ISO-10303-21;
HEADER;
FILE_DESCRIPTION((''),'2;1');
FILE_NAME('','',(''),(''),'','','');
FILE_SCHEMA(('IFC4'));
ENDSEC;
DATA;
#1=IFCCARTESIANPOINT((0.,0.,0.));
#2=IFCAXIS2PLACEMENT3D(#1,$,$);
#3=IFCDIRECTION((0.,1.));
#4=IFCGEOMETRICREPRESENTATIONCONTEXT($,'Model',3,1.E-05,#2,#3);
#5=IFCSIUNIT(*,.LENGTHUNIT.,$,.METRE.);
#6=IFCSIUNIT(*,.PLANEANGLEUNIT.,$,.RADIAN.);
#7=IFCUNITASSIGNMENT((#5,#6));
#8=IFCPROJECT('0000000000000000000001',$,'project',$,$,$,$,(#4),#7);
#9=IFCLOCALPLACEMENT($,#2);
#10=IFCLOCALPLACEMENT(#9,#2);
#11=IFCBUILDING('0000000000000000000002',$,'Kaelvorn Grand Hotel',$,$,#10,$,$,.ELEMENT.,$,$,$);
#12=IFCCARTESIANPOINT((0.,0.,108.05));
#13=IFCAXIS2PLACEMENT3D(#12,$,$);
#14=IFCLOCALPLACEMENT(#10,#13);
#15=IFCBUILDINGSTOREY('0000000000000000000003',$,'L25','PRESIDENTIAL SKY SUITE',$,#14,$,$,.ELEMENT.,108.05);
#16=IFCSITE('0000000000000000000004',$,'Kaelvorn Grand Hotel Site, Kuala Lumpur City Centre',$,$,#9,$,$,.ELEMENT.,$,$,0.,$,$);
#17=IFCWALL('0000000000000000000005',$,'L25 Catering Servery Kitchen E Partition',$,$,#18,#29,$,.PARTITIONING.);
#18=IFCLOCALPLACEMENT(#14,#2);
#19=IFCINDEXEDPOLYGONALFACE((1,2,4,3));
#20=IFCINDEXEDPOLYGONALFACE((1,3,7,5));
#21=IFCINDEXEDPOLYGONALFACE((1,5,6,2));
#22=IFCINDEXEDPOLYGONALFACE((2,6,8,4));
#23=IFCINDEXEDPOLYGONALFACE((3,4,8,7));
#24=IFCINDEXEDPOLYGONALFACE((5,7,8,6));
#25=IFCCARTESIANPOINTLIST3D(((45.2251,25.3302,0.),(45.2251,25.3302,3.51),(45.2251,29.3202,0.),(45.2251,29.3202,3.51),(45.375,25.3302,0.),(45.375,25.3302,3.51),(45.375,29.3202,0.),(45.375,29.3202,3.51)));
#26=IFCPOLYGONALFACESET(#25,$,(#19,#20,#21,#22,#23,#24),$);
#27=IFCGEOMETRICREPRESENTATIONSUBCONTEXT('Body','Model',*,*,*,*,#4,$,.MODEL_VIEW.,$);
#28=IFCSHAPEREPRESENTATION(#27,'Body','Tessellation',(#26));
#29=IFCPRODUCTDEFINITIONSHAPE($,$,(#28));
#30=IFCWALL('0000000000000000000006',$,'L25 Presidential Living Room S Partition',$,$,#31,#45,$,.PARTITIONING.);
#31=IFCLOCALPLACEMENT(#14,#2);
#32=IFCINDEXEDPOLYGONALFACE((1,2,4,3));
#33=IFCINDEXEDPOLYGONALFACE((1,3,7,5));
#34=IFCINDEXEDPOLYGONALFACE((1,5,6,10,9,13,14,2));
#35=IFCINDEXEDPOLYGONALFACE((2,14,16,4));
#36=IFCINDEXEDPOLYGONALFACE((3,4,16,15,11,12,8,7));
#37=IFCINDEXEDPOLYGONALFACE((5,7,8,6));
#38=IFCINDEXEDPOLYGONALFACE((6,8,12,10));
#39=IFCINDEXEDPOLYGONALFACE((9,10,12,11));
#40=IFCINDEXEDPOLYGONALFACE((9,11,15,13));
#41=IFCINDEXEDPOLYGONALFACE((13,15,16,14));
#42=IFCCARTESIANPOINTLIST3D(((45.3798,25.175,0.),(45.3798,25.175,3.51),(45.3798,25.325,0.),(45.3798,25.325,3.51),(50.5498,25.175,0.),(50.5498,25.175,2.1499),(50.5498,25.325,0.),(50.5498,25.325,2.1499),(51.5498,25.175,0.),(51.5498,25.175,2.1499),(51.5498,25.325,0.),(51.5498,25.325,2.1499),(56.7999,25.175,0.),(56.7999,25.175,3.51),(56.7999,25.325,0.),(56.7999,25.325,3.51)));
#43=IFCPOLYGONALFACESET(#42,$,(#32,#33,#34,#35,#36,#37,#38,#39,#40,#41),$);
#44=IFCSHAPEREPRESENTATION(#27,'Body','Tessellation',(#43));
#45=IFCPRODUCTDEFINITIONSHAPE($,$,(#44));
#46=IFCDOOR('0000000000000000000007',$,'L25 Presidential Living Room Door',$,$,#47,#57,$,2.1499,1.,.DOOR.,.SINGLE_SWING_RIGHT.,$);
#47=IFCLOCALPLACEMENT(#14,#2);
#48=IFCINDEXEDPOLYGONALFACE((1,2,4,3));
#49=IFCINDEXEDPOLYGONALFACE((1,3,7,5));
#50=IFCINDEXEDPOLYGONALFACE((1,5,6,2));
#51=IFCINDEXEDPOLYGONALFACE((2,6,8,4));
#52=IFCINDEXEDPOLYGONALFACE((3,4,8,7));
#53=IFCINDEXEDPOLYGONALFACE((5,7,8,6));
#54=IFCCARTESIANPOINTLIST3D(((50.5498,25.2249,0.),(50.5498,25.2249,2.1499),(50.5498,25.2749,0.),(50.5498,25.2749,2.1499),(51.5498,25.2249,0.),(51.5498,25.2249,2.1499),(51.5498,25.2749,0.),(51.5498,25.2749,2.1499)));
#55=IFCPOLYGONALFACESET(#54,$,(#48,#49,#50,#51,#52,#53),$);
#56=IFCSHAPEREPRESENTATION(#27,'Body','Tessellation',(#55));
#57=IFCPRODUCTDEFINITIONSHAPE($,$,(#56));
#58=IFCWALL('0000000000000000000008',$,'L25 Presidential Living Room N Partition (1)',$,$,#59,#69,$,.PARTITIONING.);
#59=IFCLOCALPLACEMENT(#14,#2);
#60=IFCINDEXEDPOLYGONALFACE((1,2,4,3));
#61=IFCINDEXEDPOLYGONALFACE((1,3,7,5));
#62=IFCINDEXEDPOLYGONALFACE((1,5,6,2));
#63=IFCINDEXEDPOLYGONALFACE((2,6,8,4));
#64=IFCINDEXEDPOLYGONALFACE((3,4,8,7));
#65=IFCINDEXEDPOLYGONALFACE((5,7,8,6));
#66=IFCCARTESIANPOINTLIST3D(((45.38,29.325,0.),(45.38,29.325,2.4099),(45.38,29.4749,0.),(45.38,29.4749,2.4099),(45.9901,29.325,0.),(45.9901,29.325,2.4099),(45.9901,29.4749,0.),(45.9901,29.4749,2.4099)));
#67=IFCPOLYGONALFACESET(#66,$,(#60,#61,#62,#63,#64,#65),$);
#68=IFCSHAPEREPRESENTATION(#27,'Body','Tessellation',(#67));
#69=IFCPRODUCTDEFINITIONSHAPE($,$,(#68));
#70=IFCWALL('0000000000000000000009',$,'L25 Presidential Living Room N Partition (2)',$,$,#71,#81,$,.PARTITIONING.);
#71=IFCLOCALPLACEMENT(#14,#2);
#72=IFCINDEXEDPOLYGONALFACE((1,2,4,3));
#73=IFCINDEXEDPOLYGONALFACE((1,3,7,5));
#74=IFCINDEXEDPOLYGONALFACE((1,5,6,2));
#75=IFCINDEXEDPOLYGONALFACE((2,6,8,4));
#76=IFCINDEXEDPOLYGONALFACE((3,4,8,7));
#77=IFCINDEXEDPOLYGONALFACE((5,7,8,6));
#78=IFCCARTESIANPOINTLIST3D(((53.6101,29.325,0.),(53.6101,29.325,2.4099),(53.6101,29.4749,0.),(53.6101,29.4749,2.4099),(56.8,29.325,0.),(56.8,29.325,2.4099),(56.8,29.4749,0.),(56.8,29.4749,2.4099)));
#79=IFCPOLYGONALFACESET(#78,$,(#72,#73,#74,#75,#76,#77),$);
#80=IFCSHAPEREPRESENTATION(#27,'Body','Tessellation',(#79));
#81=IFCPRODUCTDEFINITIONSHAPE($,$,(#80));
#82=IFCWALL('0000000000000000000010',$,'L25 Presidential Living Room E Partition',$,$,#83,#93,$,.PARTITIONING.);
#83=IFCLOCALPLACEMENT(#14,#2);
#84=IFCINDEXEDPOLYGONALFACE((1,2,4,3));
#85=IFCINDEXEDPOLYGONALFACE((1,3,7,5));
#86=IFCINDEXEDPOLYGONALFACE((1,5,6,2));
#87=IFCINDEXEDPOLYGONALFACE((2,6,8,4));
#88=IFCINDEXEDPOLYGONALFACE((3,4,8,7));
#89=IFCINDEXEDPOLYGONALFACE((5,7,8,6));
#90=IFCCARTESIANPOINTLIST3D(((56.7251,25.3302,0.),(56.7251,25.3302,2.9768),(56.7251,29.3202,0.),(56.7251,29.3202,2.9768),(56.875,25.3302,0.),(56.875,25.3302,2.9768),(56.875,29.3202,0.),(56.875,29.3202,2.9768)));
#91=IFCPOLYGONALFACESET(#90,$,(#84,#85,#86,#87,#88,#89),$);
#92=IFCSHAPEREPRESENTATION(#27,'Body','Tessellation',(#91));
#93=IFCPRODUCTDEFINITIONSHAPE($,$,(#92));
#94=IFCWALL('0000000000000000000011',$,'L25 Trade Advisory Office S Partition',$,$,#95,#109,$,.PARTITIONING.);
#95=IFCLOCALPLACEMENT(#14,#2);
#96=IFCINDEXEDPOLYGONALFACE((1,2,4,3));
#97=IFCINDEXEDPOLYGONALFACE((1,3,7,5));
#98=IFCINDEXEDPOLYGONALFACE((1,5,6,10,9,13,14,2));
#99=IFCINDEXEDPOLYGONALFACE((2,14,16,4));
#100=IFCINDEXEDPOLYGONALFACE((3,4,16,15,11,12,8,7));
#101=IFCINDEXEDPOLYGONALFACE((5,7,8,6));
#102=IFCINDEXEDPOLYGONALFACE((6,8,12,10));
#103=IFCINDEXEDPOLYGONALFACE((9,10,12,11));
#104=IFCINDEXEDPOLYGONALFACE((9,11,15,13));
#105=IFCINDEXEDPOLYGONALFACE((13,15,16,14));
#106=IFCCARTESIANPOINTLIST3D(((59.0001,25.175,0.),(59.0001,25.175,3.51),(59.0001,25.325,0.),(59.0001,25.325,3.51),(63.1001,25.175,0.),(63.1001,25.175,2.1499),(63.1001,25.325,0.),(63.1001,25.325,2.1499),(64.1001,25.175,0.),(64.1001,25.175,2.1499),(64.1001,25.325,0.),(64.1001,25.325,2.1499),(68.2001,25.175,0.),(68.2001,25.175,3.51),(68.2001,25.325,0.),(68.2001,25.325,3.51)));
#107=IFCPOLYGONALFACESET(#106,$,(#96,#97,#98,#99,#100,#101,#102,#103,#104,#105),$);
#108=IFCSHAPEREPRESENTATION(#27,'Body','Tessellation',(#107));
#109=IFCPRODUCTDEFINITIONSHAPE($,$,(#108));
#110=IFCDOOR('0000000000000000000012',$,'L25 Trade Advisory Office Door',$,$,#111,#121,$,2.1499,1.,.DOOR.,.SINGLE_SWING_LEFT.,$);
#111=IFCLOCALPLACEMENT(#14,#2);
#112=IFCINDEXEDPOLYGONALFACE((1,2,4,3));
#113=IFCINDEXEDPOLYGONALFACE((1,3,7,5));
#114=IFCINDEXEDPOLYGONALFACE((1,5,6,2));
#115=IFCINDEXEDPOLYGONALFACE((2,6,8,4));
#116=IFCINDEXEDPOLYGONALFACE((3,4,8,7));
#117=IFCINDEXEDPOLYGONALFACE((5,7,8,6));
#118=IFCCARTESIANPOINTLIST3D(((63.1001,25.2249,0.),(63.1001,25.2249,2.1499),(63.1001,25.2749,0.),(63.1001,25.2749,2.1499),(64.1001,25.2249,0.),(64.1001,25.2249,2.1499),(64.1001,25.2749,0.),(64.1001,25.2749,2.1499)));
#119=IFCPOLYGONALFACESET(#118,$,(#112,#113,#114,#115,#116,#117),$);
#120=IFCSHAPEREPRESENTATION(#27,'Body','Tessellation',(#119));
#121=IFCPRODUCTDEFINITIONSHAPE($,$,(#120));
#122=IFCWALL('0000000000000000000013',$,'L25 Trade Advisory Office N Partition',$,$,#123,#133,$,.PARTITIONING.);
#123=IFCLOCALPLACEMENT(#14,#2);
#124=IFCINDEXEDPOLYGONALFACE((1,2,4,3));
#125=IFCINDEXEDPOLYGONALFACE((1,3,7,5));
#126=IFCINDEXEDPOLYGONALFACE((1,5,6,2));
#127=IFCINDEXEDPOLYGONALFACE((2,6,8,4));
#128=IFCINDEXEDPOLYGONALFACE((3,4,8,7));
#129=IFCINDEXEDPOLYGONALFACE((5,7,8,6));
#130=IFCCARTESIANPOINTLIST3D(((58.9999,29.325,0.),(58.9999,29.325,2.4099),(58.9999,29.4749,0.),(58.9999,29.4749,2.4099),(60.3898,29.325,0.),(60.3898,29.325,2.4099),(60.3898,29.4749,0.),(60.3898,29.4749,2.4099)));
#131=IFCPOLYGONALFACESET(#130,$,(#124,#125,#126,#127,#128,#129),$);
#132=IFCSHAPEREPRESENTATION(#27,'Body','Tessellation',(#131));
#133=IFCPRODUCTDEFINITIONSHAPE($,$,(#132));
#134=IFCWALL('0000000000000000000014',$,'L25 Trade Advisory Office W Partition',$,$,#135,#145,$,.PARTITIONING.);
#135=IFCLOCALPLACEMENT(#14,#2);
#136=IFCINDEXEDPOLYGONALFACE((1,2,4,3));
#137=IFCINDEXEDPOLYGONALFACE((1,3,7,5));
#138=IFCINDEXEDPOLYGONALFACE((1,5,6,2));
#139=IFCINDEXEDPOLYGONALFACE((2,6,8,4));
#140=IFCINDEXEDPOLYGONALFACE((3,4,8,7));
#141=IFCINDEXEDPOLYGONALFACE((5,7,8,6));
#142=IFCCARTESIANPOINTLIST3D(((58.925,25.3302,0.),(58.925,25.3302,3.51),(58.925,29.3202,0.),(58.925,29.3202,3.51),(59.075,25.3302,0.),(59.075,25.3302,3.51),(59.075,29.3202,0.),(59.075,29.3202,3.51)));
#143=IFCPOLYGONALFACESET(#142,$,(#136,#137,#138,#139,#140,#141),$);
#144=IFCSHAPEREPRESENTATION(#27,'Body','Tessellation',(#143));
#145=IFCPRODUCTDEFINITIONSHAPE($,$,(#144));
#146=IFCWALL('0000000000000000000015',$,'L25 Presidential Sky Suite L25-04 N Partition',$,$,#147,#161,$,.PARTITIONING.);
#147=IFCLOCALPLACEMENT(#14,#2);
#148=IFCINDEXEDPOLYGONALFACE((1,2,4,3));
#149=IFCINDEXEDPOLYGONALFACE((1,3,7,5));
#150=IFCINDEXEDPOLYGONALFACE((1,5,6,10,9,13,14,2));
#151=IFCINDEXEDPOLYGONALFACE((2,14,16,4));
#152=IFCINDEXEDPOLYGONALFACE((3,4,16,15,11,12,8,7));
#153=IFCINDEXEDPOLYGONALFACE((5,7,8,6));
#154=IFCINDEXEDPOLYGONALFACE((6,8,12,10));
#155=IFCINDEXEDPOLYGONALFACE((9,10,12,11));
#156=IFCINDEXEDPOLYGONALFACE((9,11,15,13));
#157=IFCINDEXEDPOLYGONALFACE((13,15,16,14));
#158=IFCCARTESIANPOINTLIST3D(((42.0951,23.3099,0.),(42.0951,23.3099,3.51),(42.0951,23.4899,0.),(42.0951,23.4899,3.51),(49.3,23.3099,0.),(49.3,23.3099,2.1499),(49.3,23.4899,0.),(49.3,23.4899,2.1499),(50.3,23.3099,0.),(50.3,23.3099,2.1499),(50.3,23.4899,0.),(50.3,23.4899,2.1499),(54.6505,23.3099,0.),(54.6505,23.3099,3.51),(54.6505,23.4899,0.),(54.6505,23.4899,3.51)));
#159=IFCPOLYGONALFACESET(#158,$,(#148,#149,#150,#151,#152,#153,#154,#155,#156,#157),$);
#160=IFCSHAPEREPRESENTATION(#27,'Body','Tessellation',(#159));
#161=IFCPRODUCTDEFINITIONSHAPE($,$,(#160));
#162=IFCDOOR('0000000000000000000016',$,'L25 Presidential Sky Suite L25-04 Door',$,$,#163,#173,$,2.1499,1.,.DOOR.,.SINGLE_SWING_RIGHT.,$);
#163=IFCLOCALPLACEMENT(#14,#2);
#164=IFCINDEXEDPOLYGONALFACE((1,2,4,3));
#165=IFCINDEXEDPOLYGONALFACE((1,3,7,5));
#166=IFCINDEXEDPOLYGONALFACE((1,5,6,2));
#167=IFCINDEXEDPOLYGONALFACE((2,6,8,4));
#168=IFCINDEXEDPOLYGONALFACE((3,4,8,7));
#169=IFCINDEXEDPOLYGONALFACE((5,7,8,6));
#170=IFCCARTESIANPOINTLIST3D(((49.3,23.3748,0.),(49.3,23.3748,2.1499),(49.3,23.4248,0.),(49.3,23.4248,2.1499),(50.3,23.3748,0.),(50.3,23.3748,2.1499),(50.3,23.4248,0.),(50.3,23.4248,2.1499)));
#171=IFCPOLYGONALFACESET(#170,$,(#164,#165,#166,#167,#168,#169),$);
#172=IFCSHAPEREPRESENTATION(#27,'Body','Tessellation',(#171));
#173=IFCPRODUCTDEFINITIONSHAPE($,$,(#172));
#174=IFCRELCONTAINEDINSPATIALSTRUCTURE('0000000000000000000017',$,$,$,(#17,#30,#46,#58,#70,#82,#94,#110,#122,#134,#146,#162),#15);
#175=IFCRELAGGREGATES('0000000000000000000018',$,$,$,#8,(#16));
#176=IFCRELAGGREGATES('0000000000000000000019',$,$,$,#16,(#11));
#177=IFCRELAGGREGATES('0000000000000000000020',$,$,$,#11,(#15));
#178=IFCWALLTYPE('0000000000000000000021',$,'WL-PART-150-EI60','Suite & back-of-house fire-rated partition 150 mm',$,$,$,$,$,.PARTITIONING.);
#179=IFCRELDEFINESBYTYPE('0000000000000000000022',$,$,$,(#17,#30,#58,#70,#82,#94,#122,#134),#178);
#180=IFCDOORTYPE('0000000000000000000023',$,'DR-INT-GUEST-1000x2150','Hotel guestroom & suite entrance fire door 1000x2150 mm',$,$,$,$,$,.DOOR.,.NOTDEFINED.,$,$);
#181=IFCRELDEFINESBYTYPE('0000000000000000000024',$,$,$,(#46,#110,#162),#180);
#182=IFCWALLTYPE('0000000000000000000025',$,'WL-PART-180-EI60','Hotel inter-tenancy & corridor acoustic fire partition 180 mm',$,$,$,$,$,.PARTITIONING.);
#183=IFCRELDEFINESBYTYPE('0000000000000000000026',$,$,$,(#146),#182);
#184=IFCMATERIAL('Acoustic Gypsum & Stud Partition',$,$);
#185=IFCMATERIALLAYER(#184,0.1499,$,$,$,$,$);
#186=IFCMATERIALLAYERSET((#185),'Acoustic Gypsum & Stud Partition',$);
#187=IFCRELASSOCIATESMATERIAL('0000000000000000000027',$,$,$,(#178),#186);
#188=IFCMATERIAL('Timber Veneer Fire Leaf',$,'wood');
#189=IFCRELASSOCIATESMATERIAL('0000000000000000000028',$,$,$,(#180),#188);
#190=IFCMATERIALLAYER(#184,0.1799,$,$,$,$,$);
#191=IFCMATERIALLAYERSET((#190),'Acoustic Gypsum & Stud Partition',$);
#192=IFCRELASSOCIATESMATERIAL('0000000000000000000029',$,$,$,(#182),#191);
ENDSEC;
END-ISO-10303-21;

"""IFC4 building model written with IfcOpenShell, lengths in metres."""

from ifc_helpers import new_model, si_unit, direction, frame, frame_2d, origin, place, context, subcontext, project, spatial, rectangle, extrude, material, layer, layer_set, type_object, element, fill, save


model = new_model("IFC4")

# Units and contexts
model_context = context("Model", 3, precision=1e-05, world=origin(), true_north=direction((0.0, 1.0)))
body_context = subcontext(model_context, "Body", "Model", "MODEL_VIEW")
ifc_project = project(units=[si_unit("LENGTHUNIT", "METRE"), si_unit("PLANEANGLEUNIT", "RADIAN")], contexts=[model_context])

# Site, building, storey
site_placement = place(None, origin())
site = spatial("IfcSite", under=ifc_project, at=site_placement, Name="Kaelvorn Grand Hotel Site, Kuala Lumpur City Centre", CompositionType="ELEMENT", RefElevation=0.0)
building_placement = place(site_placement, origin())
building = spatial("IfcBuilding", under=site, at=building_placement, Name="Kaelvorn Grand Hotel", CompositionType="ELEMENT")
storey_placement = place(building_placement, frame((0.0, 0.0, 108.05)))
storey = spatial("IfcBuildingStorey", under=building, at=storey_placement, Name="L25", Description="PRESIDENTIAL SKY SUITE", CompositionType="ELEMENT", Elevation=108.05)

# Wall
ifc_material_1 = material(Name="Acoustic Gypsum & Stud Partition")
ifc_layer_1 = layer(ifc_material_1, 0.1499)
ifc_layer_set_1 = layer_set([ifc_layer_1], Name="Acoustic Gypsum & Stud Partition")
wall_type_1 = type_object("IfcWallType", Name="WL-PART-150-EI60", Description="Suite & back-of-house fire-rated partition 150 mm", PredefinedType="PARTITIONING", material=ifc_layer_set_1)
wall_1_placement = place(storey_placement, frame((45.3, 25.3301, 0.0), z_axis=(0.0, 0.0, 1.0), x_axis=(0.0, 1.0, 0.0)))
element("IfcWall", 1, at=wall_1_placement, inside=storey, type_object=wall_type_1, Name="L25 Catering Servery Kitchen E Partition", PredefinedType="PARTITIONING", context=body_context, shape_type="SweptSolid", body=[
    extrude(rectangle(XDim=3.99, YDim=0.1499, at=frame_2d((1.9951, 0.0))), origin(), (0.0, 0.0, 1.0), 3.51),
])

# Wall, opening, door
wall_2_placement = place(storey_placement, frame((45.3799, 25.25, 0.0), z_axis=(0.0, 0.0, 1.0), x_axis=(1.0, 0.0, 0.0)))
wall_2 = element("IfcWall", 2, at=wall_2_placement, inside=storey, type_object=wall_type_1, Name="L25 Presidential Living Room S Partition", PredefinedType="PARTITIONING", context=body_context, shape_type="SweptSolid", body=[
    extrude(rectangle(XDim=11.4202, YDim=0.1499, at=frame_2d((5.71, 0.0))), origin(), (0.0, 0.0, 1.0), 3.51),
])
opening_1_placement = place(wall_2_placement, frame((5.1699, 0.0, 0.0)))
opening_1 = element("IfcOpeningElement", 3, at=opening_1_placement, cuts=wall_2, PredefinedType="OPENING", context=body_context, shape_type="SweptSolid", body=[
    extrude(rectangle(XDim=1.0, YDim=2.1499, at=frame_2d((0.5, 1.075))), frame((0.0, 0.085, 0.0), z_axis=(0.0, -1.0, 0.0), x_axis=(1.0, 0.0, 0.0)), (0.0, 0.0, 1.0), 0.1699),
])
ifc_material_2 = material(Name="Timber Veneer Fire Leaf", Category="wood")
door_type_1 = type_object("IfcDoorType", Name="DR-INT-GUEST-1000x2150", Description="Hotel guestroom & suite entrance fire door 1000x2150 mm", OperationType="NOTDEFINED", PredefinedType="DOOR", material=ifc_material_2)
door_1_placement = place(opening_1_placement, origin())
door_1 = element("IfcDoor", 4, at=door_1_placement, inside=storey, type_object=door_type_1, Name="L25 Presidential Living Room Door", OperationType="SINGLE_SWING_RIGHT", OverallHeight=2.1499, OverallWidth=1.0, PredefinedType="DOOR", context=body_context, shape_type="SweptSolid", body=[
    extrude(rectangle(XDim=1.0, YDim=2.1499, at=frame_2d((0.5, 1.075))), frame((0.0, 0.0249, 0.0), z_axis=(0.0, -1.0, 0.0), x_axis=(1.0, 0.0, 0.0)), (0.0, 0.0, 1.0), 0.05),
])
fill(opening_1, door_1)

# Walls
wall_3_placement = place(storey_placement, frame((45.3799, 29.3999, 0.0), z_axis=(0.0, 0.0, 1.0), x_axis=(1.0, 0.0, 0.0)))
element("IfcWall", 5, at=wall_3_placement, inside=storey, type_object=wall_type_1, Name="L25 Presidential Living Room N Partition (1)", PredefinedType="PARTITIONING", context=body_context, shape_type="SweptSolid", body=[
    extrude(rectangle(XDim=0.6101, YDim=0.1499, at=frame_2d((0.3052, 0.0))), origin(), (0.0, 0.0, 1.0), 2.4099),
])
wall_4_placement = place(storey_placement, frame((53.6101, 29.3999, 0.0), z_axis=(0.0, 0.0, 1.0), x_axis=(1.0, 0.0, 0.0)))
element("IfcWall", 6, at=wall_4_placement, inside=storey, type_object=wall_type_1, Name="L25 Presidential Living Room N Partition (2)", PredefinedType="PARTITIONING", context=body_context, shape_type="SweptSolid", body=[
    extrude(rectangle(XDim=3.1899, YDim=0.1499, at=frame_2d((1.595, 0.0))), origin(), (0.0, 0.0, 1.0), 2.4099),
])
wall_5_placement = place(storey_placement, frame((56.8, 25.3301, 0.0), z_axis=(0.0, 0.0, 1.0), x_axis=(0.0, 1.0, 0.0)))
element("IfcWall", 7, at=wall_5_placement, inside=storey, type_object=wall_type_1, Name="L25 Presidential Living Room E Partition", PredefinedType="PARTITIONING", context=body_context, shape_type="SweptSolid", body=[
    extrude(rectangle(XDim=3.99, YDim=0.1499, at=frame_2d((1.9951, 0.0))), origin(), (0.0, 0.0, 1.0), 2.9768),
])

# Wall, opening, door
wall_6_placement = place(storey_placement, frame((59.0, 25.25, 0.0), z_axis=(0.0, 0.0, 1.0), x_axis=(1.0, 0.0, 0.0)))
wall_6 = element("IfcWall", 8, at=wall_6_placement, inside=storey, type_object=wall_type_1, Name="L25 Trade Advisory Office S Partition", PredefinedType="PARTITIONING", context=body_context, shape_type="SweptSolid", body=[
    extrude(rectangle(XDim=9.2, YDim=0.1499, at=frame_2d((4.6001, 0.0))), origin(), (0.0, 0.0, 1.0), 3.51),
])
opening_2_placement = place(wall_6_placement, frame((4.1001, 0.0, 0.0)))
opening_2 = element("IfcOpeningElement", 9, at=opening_2_placement, cuts=wall_6, PredefinedType="OPENING", context=body_context, shape_type="SweptSolid", body=[
    extrude(rectangle(XDim=1.0, YDim=2.1499, at=frame_2d((0.5, 1.075))), frame((0.0, 0.085, 0.0), z_axis=(0.0, -1.0, 0.0), x_axis=(1.0, 0.0, 0.0)), (0.0, 0.0, 1.0), 0.1699),
])
door_2_placement = place(opening_2_placement, origin())
door_2 = element("IfcDoor", 10, at=door_2_placement, inside=storey, type_object=door_type_1, Name="L25 Trade Advisory Office Door", OperationType="SINGLE_SWING_LEFT", OverallHeight=2.1499, OverallWidth=1.0, PredefinedType="DOOR", context=body_context, shape_type="SweptSolid", body=[
    extrude(rectangle(XDim=1.0, YDim=2.1499, at=frame_2d((0.5, 1.075))), frame((0.0, 0.0249, 0.0), z_axis=(0.0, -1.0, 0.0), x_axis=(1.0, 0.0, 0.0)), (0.0, 0.0, 1.0), 0.05),
])
fill(opening_2, door_2)

# Walls
wall_7_placement = place(storey_placement, frame((59.0, 29.3999, 0.0), z_axis=(0.0, 0.0, 1.0), x_axis=(1.0, 0.0, 0.0)))
element("IfcWall", 11, at=wall_7_placement, inside=storey, type_object=wall_type_1, Name="L25 Trade Advisory Office N Partition", PredefinedType="PARTITIONING", context=body_context, shape_type="SweptSolid", body=[
    extrude(rectangle(XDim=1.3899, YDim=0.1499, at=frame_2d((0.6948, 0.0))), origin(), (0.0, 0.0, 1.0), 2.4099),
])
wall_8_placement = place(storey_placement, frame((59.0, 25.3301, 0.0), z_axis=(0.0, 0.0, 1.0), x_axis=(0.0, 1.0, 0.0)))
element("IfcWall", 12, at=wall_8_placement, inside=storey, type_object=wall_type_1, Name="L25 Trade Advisory Office W Partition", PredefinedType="PARTITIONING", context=body_context, shape_type="SweptSolid", body=[
    extrude(rectangle(XDim=3.99, YDim=0.1499, at=frame_2d((1.9951, 0.0))), origin(), (0.0, 0.0, 1.0), 3.51),
])

# Wall, opening, door
ifc_layer_2 = layer(ifc_material_1, 0.1799)
ifc_layer_set_2 = layer_set([ifc_layer_2], Name="Acoustic Gypsum & Stud Partition")
wall_type_2 = type_object("IfcWallType", Name="WL-PART-180-EI60", Description="Hotel inter-tenancy & corridor acoustic fire partition 180 mm", PredefinedType="PARTITIONING", material=ifc_layer_set_2)
wall_9_placement = place(storey_placement, frame((42.095, 23.3999, 0.0), z_axis=(0.0, 0.0, 1.0), x_axis=(1.0, 0.0, 0.0)))
wall_9 = element("IfcWall", 13, at=wall_9_placement, inside=storey, type_object=wall_type_2, Name="L25 Presidential Sky Suite L25-04 N Partition", PredefinedType="PARTITIONING", context=body_context, shape_type="SweptSolid", body=[
    extrude(rectangle(XDim=12.5554, YDim=0.1799, at=frame_2d((6.2778, 0.0))), origin(), (0.0, 0.0, 1.0), 3.51),
])
opening_3_placement = place(wall_9_placement, frame((7.2051, 0.0, 0.0)))
opening_3 = element("IfcOpeningElement", 14, at=opening_3_placement, cuts=wall_9, PredefinedType="OPENING", context=body_context, shape_type="SweptSolid", body=[
    extrude(rectangle(XDim=1.0, YDim=2.1499, at=frame_2d((0.5, 1.075))), frame((0.0, 0.1001, 0.0), z_axis=(0.0, -1.0, 0.0), x_axis=(1.0, 0.0, 0.0)), (0.0, 0.0, 1.0), 0.2),
])
door_3_placement = place(opening_3_placement, origin())
door_3 = element("IfcDoor", 15, at=door_3_placement, inside=storey, type_object=door_type_1, Name="L25 Presidential Sky Suite L25-04 Door", OperationType="SINGLE_SWING_RIGHT", OverallHeight=2.1499, OverallWidth=1.0, PredefinedType="DOOR", context=body_context, shape_type="SweptSolid", body=[
    extrude(rectangle(XDim=1.0, YDim=2.1499, at=frame_2d((0.5, 1.075))), frame((0.0, 0.0249, 0.0), z_axis=(0.0, -1.0, 0.0), x_axis=(1.0, 0.0, 0.0)), (0.0, 0.0, 1.0), 0.05),
])
fill(opening_3, door_3)

save(model, "model.ifc")
